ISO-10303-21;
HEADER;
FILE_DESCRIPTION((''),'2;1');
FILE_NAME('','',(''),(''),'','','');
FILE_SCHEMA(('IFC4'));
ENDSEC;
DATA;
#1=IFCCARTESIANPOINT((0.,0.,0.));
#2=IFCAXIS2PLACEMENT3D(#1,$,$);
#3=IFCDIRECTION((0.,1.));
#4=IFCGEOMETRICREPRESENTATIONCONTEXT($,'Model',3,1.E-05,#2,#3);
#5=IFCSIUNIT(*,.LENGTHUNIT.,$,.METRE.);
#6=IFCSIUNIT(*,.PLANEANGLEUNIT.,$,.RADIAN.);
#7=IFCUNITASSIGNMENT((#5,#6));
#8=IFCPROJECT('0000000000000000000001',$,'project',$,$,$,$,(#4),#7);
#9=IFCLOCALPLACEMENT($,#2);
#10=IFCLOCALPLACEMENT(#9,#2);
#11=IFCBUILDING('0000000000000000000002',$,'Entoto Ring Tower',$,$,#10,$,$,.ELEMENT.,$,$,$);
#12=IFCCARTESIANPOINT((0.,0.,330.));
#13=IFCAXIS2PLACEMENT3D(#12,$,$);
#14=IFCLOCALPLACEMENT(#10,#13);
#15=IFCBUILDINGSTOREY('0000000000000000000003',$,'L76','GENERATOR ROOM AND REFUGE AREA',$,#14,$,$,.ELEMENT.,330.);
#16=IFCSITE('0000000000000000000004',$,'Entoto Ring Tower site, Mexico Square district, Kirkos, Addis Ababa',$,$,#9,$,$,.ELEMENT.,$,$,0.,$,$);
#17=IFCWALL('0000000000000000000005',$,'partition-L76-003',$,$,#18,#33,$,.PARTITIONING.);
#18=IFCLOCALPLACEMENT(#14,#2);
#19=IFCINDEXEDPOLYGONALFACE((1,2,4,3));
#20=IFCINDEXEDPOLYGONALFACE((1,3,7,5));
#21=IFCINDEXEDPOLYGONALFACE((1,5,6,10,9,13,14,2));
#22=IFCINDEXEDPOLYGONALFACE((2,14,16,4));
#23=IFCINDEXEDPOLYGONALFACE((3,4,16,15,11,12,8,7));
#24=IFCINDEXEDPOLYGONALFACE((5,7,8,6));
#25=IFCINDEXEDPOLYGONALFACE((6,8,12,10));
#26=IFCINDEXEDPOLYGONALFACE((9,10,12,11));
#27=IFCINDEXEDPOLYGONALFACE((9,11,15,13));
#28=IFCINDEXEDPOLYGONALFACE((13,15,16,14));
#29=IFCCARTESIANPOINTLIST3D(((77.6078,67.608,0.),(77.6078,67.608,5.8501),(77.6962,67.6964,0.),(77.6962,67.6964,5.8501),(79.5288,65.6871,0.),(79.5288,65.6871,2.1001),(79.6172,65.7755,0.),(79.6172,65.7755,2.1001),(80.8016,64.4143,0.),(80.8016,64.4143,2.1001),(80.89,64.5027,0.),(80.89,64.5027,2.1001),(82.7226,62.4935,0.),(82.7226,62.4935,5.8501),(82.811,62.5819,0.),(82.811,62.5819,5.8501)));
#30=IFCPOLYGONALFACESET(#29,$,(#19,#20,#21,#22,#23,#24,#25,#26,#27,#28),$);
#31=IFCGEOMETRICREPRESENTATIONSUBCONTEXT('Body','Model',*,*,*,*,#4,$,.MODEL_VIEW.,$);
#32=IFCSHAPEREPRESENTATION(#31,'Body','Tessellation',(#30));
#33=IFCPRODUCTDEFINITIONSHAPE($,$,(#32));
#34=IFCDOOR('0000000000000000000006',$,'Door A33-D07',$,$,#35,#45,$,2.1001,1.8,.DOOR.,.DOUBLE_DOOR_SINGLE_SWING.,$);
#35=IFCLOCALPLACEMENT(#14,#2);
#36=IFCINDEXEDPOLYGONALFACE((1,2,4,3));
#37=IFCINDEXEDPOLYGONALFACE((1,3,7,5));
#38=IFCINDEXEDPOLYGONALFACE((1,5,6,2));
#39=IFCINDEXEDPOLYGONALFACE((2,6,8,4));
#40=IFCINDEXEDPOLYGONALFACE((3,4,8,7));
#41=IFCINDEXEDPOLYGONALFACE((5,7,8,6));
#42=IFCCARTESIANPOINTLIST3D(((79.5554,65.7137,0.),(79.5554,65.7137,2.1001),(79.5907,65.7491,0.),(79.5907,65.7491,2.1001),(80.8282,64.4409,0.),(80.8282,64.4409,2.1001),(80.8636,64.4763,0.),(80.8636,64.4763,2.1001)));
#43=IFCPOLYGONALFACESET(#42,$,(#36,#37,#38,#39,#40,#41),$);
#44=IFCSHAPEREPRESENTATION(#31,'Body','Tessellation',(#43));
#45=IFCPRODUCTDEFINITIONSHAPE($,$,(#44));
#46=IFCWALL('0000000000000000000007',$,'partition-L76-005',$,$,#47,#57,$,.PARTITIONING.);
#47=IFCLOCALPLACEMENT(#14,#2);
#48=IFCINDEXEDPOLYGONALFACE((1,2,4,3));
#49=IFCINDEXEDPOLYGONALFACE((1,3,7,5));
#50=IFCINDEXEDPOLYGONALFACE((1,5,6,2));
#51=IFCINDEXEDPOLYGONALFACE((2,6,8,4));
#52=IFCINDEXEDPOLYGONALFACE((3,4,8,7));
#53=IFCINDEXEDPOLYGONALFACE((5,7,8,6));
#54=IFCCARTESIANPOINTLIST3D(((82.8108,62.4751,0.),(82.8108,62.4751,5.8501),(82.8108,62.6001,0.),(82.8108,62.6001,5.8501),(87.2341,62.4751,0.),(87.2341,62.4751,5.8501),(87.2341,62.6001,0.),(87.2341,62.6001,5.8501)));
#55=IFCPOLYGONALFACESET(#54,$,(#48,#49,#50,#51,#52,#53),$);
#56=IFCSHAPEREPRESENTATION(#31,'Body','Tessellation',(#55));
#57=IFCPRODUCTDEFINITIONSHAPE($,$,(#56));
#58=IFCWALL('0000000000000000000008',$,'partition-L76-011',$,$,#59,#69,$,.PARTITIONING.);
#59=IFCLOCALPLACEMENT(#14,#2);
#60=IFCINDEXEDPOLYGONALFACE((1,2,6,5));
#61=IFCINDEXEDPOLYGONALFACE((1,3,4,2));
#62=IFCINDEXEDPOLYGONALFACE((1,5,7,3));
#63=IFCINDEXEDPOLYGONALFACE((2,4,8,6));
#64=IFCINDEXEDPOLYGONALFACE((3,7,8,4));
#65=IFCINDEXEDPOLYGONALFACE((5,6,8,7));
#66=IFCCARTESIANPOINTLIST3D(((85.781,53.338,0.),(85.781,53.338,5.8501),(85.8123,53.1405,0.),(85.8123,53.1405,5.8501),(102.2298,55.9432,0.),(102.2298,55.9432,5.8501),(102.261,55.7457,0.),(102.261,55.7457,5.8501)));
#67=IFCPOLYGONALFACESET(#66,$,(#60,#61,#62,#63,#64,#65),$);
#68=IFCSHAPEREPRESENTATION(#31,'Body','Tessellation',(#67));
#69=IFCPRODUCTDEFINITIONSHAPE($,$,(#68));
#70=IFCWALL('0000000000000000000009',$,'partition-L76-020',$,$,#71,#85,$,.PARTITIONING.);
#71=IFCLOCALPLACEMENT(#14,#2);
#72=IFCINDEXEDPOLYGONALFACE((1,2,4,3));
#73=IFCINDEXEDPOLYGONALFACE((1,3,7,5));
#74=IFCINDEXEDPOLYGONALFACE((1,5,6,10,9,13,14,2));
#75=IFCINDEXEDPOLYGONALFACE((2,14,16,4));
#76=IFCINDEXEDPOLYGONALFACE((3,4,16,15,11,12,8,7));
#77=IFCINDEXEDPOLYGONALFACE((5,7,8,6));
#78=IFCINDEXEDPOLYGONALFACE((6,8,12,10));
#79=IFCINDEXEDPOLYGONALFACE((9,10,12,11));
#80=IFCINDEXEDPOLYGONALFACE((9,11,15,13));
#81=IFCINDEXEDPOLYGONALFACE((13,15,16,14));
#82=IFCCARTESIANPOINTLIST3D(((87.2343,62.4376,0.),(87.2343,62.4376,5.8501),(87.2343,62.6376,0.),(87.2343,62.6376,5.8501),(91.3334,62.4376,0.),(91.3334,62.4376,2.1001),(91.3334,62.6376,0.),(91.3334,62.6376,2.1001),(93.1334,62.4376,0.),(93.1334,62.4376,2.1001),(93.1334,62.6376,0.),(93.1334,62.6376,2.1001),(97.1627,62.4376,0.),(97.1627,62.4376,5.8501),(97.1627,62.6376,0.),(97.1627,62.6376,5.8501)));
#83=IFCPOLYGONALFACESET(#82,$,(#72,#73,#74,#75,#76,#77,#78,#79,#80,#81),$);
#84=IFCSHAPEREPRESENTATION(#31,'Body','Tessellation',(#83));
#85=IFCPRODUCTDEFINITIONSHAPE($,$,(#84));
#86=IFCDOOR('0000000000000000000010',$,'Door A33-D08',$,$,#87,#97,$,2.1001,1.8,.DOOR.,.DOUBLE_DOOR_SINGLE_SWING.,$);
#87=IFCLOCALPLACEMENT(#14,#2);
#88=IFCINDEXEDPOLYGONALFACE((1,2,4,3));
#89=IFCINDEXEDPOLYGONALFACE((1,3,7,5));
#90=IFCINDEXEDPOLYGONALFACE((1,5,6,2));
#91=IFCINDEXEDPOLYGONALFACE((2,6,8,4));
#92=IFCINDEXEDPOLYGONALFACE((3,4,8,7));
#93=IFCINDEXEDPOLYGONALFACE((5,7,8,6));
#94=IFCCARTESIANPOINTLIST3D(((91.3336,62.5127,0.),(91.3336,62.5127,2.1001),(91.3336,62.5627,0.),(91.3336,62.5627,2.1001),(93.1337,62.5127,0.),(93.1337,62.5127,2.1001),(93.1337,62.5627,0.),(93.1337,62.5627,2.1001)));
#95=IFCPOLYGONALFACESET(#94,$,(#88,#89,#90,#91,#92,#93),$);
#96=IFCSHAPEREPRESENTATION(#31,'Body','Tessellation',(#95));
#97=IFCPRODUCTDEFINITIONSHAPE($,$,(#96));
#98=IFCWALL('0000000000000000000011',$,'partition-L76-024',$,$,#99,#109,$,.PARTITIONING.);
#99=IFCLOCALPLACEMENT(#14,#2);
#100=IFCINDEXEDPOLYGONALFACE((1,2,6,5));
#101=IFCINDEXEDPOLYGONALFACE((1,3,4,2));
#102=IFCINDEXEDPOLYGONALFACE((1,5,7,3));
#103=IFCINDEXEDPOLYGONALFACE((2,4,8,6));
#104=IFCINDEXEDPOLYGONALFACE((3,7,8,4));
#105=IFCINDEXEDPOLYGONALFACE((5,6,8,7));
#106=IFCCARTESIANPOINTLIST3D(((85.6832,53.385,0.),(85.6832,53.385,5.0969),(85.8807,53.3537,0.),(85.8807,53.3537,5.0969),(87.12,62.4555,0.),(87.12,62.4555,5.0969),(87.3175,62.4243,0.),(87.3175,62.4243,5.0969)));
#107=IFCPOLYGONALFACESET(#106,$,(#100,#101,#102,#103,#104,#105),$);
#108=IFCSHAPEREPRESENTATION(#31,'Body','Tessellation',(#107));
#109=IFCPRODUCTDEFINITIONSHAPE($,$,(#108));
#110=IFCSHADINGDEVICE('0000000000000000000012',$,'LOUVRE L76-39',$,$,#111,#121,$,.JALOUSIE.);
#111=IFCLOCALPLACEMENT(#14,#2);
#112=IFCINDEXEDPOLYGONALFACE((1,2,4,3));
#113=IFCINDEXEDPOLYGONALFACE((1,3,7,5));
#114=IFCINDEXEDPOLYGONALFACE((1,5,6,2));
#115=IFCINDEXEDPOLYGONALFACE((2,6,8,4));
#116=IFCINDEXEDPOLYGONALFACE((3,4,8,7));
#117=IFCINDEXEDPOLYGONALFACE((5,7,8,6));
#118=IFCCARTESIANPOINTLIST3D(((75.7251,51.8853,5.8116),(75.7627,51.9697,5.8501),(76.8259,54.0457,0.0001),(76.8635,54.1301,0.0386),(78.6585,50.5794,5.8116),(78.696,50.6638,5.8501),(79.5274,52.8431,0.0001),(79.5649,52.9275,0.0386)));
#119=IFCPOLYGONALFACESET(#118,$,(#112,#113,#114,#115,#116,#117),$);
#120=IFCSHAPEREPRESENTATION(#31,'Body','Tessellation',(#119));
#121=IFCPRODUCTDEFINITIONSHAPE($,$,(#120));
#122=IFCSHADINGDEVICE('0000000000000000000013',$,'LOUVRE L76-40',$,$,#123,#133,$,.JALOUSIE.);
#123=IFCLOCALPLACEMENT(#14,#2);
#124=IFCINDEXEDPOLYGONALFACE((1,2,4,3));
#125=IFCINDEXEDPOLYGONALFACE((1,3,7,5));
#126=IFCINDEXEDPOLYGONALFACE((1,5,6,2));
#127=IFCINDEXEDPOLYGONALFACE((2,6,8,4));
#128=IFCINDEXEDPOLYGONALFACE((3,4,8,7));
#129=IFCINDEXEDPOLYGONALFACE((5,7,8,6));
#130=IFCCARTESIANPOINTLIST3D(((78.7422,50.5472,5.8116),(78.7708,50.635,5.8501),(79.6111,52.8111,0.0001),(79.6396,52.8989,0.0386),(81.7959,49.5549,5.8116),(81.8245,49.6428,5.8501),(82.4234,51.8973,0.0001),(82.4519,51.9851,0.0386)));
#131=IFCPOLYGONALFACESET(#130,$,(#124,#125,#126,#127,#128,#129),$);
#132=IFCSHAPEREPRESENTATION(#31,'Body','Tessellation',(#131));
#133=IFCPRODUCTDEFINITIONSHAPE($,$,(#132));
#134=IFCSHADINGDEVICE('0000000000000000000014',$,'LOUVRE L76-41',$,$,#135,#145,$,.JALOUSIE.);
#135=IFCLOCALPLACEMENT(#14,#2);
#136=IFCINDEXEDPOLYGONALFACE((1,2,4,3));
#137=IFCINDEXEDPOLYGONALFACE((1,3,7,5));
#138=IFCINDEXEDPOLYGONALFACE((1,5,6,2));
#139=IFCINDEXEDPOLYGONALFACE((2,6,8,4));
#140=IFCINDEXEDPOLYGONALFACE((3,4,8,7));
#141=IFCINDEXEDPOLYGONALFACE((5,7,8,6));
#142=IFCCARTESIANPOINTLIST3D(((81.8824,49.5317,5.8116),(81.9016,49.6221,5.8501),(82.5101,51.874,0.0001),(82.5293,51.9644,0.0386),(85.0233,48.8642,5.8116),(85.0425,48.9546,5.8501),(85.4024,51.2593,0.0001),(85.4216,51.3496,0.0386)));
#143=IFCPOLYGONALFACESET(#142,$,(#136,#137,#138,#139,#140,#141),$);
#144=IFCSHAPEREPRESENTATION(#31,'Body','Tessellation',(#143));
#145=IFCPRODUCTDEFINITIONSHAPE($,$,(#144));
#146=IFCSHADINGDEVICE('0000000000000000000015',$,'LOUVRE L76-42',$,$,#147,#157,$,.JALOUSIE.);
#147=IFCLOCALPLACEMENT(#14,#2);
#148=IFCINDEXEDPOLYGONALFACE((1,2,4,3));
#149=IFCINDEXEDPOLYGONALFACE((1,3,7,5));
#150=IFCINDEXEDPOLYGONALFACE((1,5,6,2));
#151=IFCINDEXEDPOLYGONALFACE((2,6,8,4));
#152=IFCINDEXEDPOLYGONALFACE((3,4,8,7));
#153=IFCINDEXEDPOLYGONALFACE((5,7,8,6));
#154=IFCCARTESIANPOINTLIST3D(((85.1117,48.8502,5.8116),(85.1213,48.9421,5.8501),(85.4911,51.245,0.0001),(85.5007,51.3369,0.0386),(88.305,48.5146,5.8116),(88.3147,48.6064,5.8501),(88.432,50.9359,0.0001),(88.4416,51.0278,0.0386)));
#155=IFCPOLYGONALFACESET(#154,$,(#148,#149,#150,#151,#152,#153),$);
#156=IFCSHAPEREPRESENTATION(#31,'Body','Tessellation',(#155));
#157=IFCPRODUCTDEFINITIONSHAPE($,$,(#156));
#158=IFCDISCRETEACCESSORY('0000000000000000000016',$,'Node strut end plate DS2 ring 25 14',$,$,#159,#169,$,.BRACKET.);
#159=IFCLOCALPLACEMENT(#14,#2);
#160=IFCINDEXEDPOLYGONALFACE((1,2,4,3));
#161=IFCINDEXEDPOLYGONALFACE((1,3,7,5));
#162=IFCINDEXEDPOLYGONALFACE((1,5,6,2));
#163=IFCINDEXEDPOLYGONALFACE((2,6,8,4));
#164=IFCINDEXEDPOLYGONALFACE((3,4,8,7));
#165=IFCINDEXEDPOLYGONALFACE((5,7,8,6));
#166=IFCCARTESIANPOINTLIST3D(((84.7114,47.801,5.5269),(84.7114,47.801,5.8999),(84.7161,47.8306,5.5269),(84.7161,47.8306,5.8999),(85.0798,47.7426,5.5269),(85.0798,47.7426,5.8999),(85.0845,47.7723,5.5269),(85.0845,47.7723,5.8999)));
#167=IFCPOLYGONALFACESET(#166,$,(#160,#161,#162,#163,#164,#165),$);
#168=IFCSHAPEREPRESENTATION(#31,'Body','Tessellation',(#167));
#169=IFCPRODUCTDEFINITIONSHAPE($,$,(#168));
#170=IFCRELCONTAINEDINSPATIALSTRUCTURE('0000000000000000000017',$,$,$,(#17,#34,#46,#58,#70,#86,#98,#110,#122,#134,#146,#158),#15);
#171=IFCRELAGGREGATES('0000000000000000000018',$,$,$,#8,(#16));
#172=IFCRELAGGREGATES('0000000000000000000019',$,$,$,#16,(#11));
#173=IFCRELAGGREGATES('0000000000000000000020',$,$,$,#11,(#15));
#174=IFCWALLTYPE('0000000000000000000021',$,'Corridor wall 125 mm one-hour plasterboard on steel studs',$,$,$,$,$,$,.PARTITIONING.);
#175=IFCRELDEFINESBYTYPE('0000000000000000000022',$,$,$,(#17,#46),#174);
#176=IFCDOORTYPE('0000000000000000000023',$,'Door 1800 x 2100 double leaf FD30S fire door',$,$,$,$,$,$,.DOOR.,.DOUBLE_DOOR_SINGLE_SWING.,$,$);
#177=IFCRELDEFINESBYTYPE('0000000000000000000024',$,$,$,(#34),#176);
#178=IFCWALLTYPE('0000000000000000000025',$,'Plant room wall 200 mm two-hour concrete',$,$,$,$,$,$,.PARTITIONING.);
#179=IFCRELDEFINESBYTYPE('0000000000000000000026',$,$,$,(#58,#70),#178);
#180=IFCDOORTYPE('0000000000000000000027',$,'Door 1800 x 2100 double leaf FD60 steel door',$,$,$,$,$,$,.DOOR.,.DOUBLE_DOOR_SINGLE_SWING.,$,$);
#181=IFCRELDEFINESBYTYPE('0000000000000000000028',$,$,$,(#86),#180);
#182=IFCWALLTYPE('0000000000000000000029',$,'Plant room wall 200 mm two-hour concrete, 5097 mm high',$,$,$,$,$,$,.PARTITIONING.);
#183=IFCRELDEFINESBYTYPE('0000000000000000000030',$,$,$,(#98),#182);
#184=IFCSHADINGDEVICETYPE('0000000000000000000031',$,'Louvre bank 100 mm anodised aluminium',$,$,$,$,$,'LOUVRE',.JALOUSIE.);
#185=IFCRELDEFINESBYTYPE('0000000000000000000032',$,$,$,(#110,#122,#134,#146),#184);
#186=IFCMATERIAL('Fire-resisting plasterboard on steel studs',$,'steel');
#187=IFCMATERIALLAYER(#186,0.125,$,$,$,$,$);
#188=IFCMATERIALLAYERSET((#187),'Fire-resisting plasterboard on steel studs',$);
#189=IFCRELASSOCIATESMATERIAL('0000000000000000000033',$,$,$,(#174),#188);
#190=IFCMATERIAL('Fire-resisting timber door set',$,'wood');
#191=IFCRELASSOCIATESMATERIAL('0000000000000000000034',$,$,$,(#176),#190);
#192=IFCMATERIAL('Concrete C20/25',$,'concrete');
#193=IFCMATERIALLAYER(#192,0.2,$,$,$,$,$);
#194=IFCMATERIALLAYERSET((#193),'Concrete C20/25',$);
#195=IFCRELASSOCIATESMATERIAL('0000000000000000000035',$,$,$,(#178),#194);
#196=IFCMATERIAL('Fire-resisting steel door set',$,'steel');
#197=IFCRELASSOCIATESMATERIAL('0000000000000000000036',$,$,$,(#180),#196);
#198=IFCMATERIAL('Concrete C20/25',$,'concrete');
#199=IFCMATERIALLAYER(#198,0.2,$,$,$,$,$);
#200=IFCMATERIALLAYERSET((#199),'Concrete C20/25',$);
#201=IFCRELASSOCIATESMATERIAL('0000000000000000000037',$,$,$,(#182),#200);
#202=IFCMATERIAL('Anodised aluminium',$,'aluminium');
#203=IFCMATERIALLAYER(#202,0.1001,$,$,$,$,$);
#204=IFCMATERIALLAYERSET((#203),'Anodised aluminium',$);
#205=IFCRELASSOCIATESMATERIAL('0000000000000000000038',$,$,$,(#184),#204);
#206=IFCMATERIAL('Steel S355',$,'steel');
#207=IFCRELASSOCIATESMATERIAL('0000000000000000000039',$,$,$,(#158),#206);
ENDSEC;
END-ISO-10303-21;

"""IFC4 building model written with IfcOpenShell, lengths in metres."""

from ifc_helpers import new_model, si_unit, direction, frame, frame_2d, origin, origin_2d, place, context, subcontext, project, spatial, polyline, rectangle, outline, extrude, material, layer, layer_set, type_object, element, fill, save


model = new_model("IFC4")

# Units and contexts
model_context = context("Model", 3, precision=1e-05, world=origin(), true_north=direction((0.0, 1.0)))
body_context = subcontext(model_context, "Body", "Model", "MODEL_VIEW")
ifc_project = project(units=[si_unit("LENGTHUNIT", "METRE"), si_unit("PLANEANGLEUNIT", "RADIAN")], contexts=[model_context])

# Site, building, storey
site_placement = place(None, origin())
site = spatial("IfcSite", under=ifc_project, at=site_placement, Name="Entoto Ring Tower site, Mexico Square district, Kirkos, Addis Ababa", CompositionType="ELEMENT", RefElevation=0.0)
building_placement = place(site_placement, origin())
building = spatial("IfcBuilding", under=site, at=building_placement, Name="Entoto Ring Tower", CompositionType="ELEMENT")
storey_placement = place(building_placement, frame((0.0, 0.0, 330.0)))
storey = spatial("IfcBuildingStorey", under=building, at=storey_placement, Name="L76", Description="GENERATOR ROOM AND REFUGE AREA", CompositionType="ELEMENT", Elevation=330.0)

# Shared definitions
ifc_material_1 = material(Name="Fire-resisting plasterboard on steel studs", Category="steel")
ifc_layer_1 = layer(ifc_material_1, 0.125)
ifc_layer_set_1 = layer_set([ifc_layer_1], Name="Fire-resisting plasterboard on steel studs")
wall_type_1 = type_object("IfcWallType", Name="Corridor wall 125 mm one-hour plasterboard on steel studs", PredefinedType="PARTITIONING", material=ifc_layer_set_1)

# Wall, opening, door
wall_1_placement = place(storey_placement, frame((82.7668, 62.5376, 0.0), z_axis=(0.0, 0.0, 1.0), x_axis=(-0.707124, 0.70709, 0.0)))
wall_1 = element("IfcWall", 1, at=wall_1_placement, inside=storey, type_object=wall_type_1, Name="partition-L76-003", PredefinedType="PARTITIONING", context=body_context, shape_type="SweptSolid", body=[
    extrude(rectangle(XDim=7.2332, YDim=0.125, at=frame_2d((3.6167, 0.0))), origin(), (0.0, 0.0, 1.0), 5.8501),
])
opening_1_placement = place(wall_1_placement, frame((2.7168, 0.0, 0.0)))
opening_1 = element("IfcOpeningElement", 2, at=opening_1_placement, cuts=wall_1, PredefinedType="OPENING", context=body_context, shape_type="SweptSolid", body=[
    extrude(rectangle(XDim=1.8, YDim=2.1001, at=frame_2d((0.8999, 1.05))), frame((0.0, 0.0725, 0.0), z_axis=(0.0, -1.0, 0.0), x_axis=(1.0, 0.0, 0.0)), (0.0, 0.0, 1.0), 0.145),
])
ifc_material_2 = material(Name="Fire-resisting timber door set", Category="wood")
door_type_1 = type_object("IfcDoorType", Name="Door 1800 x 2100 double leaf FD30S fire door", OperationType="DOUBLE_DOOR_SINGLE_SWING", PredefinedType="DOOR", material=ifc_material_2)
door_1_placement = place(opening_1_placement, origin())
door_1 = element("IfcDoor", 3, at=door_1_placement, inside=storey, type_object=door_type_1, Name="Door A33-D07", OperationType="DOUBLE_DOOR_SINGLE_SWING", OverallHeight=2.1001, OverallWidth=1.8, PredefinedType="DOOR", context=body_context, shape_type="SweptSolid", body=[
    extrude(rectangle(XDim=1.8, YDim=2.1001, at=frame_2d((0.8999, 1.05))), frame((0.0, 0.0249, 0.0), z_axis=(0.0, -1.0, 0.0), x_axis=(1.0, 0.0, 0.0)), (0.0, 0.0, 1.0), 0.05),
])
fill(opening_1, door_1)

# Walls
wall_2_placement = place(storey_placement, frame((82.8108, 62.5376, 0.0), z_axis=(0.0, 0.0, 1.0), x_axis=(1.0, 0.0, 0.0)))
element("IfcWall", 4, at=wall_2_placement, inside=storey, type_object=wall_type_1, Name="partition-L76-005", PredefinedType="PARTITIONING", context=body_context, shape_type="SweptSolid", body=[
    extrude(rectangle(XDim=4.4233, YDim=0.125, at=frame_2d((2.2117, 0.0))), origin(), (0.0, 0.0, 1.0), 5.8501),
])
ifc_material_3 = material(Name="Concrete C20/25", Category="concrete")
ifc_layer_2 = layer(ifc_material_3, 0.2)
ifc_layer_set_2 = layer_set([ifc_layer_2], Name="Concrete C20/25")
wall_type_2 = type_object("IfcWallType", Name="Plant room wall 200 mm two-hour concrete", PredefinedType="PARTITIONING", material=ifc_layer_set_2)
wall_3_placement = place(storey_placement, frame((85.7966, 53.2393, 0.0), z_axis=(0.0, 0.0, 1.0), x_axis=(0.987688, 0.156435, 0.0)))
element("IfcWall", 5, at=wall_3_placement, inside=storey, type_object=wall_type_2, Name="partition-L76-011", PredefinedType="PARTITIONING", context=body_context, shape_type="SweptSolid", body=[
    extrude(rectangle(XDim=16.6538, YDim=0.2, at=frame_2d((8.3269, 0.0))), origin(), (0.0, 0.0, 1.0), 5.8501),
])

# Wall, opening, door
wall_4_placement = place(storey_placement, frame((87.2341, 62.5376, 0.0), z_axis=(0.0, 0.0, 1.0), x_axis=(1.0, 0.0, 0.0)))
wall_4 = element("IfcWall", 6, at=wall_4_placement, inside=storey, type_object=wall_type_2, Name="partition-L76-020", PredefinedType="PARTITIONING", context=body_context, shape_type="SweptSolid", body=[
    extrude(rectangle(XDim=9.9285, YDim=0.2, at=frame_2d((4.9644, 0.0))), origin(), (0.0, 0.0, 1.0), 5.8501),
])
opening_2_placement = place(wall_4_placement, frame((4.0994, 0.0, 0.0)))
opening_2 = element("IfcOpeningElement", 7, at=opening_2_placement, cuts=wall_4, PredefinedType="OPENING", context=body_context, shape_type="SweptSolid", body=[
    extrude(rectangle(XDim=1.8, YDim=2.1001, at=frame_2d((0.8999, 1.05))), frame((0.0, 0.1099, 0.0), z_axis=(0.0, -1.0, 0.0), x_axis=(1.0, 0.0, 0.0)), (0.0, 0.0, 1.0), 0.22),
])
ifc_material_4 = material(Name="Fire-resisting steel door set", Category="steel")
door_type_2 = type_object("IfcDoorType", Name="Door 1800 x 2100 double leaf FD60 steel door", OperationType="DOUBLE_DOOR_SINGLE_SWING", PredefinedType="DOOR", material=ifc_material_4)
door_2_placement = place(opening_2_placement, frame((1.8, 0.0, 0.0), z_axis=(0.0, 0.0, 1.0), x_axis=(-1.0, 0.0, 0.0)))
door_2 = element("IfcDoor", 8, at=door_2_placement, inside=storey, type_object=door_type_2, Name="Door A33-D08", OperationType="DOUBLE_DOOR_SINGLE_SWING", OverallHeight=2.1001, OverallWidth=1.8, PredefinedType="DOOR", context=body_context, shape_type="SweptSolid", body=[
    extrude(rectangle(XDim=1.8, YDim=2.1001, at=frame_2d((0.8999, 1.05))), frame((0.0, 0.0249, 0.0), z_axis=(0.0, -1.0, 0.0), x_axis=(1.0, 0.0, 0.0)), (0.0, 0.0, 1.0), 0.05),
])
fill(opening_2, door_2)

# Wall
ifc_material_5 = material(Name="Concrete C20/25", Category="concrete")
ifc_layer_3 = layer(ifc_material_5, 0.2)
ifc_layer_set_3 = layer_set([ifc_layer_3], Name="Concrete C20/25")
wall_type_3 = type_object("IfcWallType", Name="Plant room wall 200 mm two-hour concrete, 5097 mm high", PredefinedType="PARTITIONING", material=ifc_layer_set_3)
wall_5_placement = place(storey_placement, frame((85.782, 53.3694, 0.0), z_axis=(0.0, 0.0, 1.0), x_axis=(0.156449, 0.987686, 0.0)))
element("IfcWall", 9, at=wall_5_placement, inside=storey, type_object=wall_type_3, Name="partition-L76-024", PredefinedType="PARTITIONING", context=body_context, shape_type="SweptSolid", body=[
    extrude(rectangle(XDim=9.1836, YDim=0.2, at=frame_2d((4.5918, 0.0))), origin(), (0.0, 0.0, 1.0), 5.0969),
])

# Shading devices
ifc_material_6 = material(Name="Anodised aluminium", Category="aluminium")
ifc_layer_4 = layer(ifc_material_6, 0.1001)
ifc_layer_set_4 = layer_set([ifc_layer_4], Name="Anodised aluminium")
shading_device_type = type_object("IfcShadingDeviceType", Name="Louvre bank 100 mm anodised aluminium", ElementType="LOUVRE", PredefinedType="JALOUSIE", material=ifc_layer_set_4)
shading_device_1_placement = place(storey_placement, frame((76.8635, 54.1301, 0.0386), z_axis=(0.375425, 0.843289, 0.384603), x_axis=(0.913559, -0.406707, -0.000001)))
element("IfcShadingDevice", 10, at=shading_device_1_placement, inside=storey, type_object=shading_device_type, Name="LOUVRE L76-39", PredefinedType="JALOUSIE", context=body_context, shape_type="SweptSolid", body=[
    extrude(outline(polyline([(0.0, 0.0), (2.957, 0.0), (3.0839, -6.2958), (-0.127, -6.2958), (0.0, 0.0)])), origin(), (0.0, 0.0, -1.0), 0.1001),
])
shading_device_2_placement = place(storey_placement, frame((79.6396, 52.8989, 0.0386), z_axis=(0.28525, 0.877891, 0.38463), x_axis=(0.951054, -0.309024, 0.000005)))
element("IfcShadingDevice", 11, at=shading_device_2_placement, inside=storey, type_object=shading_device_type, Name="LOUVRE L76-40", PredefinedType="JALOUSIE", context=body_context, shape_type="SweptSolid", body=[
    extrude(outline(polyline([(0.0, 0.0), (2.957, 0.0), (3.0841, -6.2958), (-0.1267, -6.2959), (0.0, 0.0)])), origin(), (0.0, 0.0, -1.0), 0.1001),
])
shading_device_3_placement = place(storey_placement, frame((82.5293, 51.9644, 0.0386), z_axis=(0.191893, 0.902906, 0.384628), x_axis=(0.978153, -0.207887, 0.000005)))
element("IfcShadingDevice", 12, at=shading_device_3_placement, inside=storey, type_object=shading_device_type, Name="LOUVRE L76-41", PredefinedType="JALOUSIE", context=body_context, shape_type="SweptSolid", body=[
    extrude(outline(polyline([(0.0, 0.0), (2.9569, 0.0), (3.084, -6.2958), (-0.127, -6.2959), (0.0, 0.0)])), origin(), (0.0, 0.0, -1.0), 0.1001),
])
shading_device_4_placement = place(storey_placement, frame((85.5007, 51.3369, 0.0386), z_axis=(0.096494, 0.918026, 0.3846), x_axis=(0.994521, -0.104532, -0.000005)))
element("IfcShadingDevice", 13, at=shading_device_4_placement, inside=storey, type_object=shading_device_type, Name="LOUVRE L76-42", PredefinedType="JALOUSIE", context=body_context, shape_type="SweptSolid", body=[
    extrude(outline(polyline([(0.0, 0.0), (2.9571, 0.0), (3.0839, -6.2958), (-0.127, -6.2958), (0.0, 0.0)])), origin(), (0.0, 0.0, -1.0), 0.1001),
])

# Discrete accessory
ifc_material_7 = material(Name="Steel S355", Category="steel")
discrete_accessory_1_placement = place(storey_placement, frame((84.8979, 47.7866, 5.5269), z_axis=(0.0, 0.0, 1.0), x_axis=(-0.156434, -0.987688, 0.0)))
element("IfcDiscreteAccessory", 14, at=discrete_accessory_1_placement, inside=storey, material=ifc_material_7, Name="Node strut end plate DS2 ring 25 14", PredefinedType="BRACKET", context=body_context, shape_type="SweptSolid", body=[
    extrude(rectangle(XDim=0.03, YDim=0.373, at=origin_2d()), origin(), (0.0, 0.0, 1.0), 0.373),
])

save(model, "model.ifc")
